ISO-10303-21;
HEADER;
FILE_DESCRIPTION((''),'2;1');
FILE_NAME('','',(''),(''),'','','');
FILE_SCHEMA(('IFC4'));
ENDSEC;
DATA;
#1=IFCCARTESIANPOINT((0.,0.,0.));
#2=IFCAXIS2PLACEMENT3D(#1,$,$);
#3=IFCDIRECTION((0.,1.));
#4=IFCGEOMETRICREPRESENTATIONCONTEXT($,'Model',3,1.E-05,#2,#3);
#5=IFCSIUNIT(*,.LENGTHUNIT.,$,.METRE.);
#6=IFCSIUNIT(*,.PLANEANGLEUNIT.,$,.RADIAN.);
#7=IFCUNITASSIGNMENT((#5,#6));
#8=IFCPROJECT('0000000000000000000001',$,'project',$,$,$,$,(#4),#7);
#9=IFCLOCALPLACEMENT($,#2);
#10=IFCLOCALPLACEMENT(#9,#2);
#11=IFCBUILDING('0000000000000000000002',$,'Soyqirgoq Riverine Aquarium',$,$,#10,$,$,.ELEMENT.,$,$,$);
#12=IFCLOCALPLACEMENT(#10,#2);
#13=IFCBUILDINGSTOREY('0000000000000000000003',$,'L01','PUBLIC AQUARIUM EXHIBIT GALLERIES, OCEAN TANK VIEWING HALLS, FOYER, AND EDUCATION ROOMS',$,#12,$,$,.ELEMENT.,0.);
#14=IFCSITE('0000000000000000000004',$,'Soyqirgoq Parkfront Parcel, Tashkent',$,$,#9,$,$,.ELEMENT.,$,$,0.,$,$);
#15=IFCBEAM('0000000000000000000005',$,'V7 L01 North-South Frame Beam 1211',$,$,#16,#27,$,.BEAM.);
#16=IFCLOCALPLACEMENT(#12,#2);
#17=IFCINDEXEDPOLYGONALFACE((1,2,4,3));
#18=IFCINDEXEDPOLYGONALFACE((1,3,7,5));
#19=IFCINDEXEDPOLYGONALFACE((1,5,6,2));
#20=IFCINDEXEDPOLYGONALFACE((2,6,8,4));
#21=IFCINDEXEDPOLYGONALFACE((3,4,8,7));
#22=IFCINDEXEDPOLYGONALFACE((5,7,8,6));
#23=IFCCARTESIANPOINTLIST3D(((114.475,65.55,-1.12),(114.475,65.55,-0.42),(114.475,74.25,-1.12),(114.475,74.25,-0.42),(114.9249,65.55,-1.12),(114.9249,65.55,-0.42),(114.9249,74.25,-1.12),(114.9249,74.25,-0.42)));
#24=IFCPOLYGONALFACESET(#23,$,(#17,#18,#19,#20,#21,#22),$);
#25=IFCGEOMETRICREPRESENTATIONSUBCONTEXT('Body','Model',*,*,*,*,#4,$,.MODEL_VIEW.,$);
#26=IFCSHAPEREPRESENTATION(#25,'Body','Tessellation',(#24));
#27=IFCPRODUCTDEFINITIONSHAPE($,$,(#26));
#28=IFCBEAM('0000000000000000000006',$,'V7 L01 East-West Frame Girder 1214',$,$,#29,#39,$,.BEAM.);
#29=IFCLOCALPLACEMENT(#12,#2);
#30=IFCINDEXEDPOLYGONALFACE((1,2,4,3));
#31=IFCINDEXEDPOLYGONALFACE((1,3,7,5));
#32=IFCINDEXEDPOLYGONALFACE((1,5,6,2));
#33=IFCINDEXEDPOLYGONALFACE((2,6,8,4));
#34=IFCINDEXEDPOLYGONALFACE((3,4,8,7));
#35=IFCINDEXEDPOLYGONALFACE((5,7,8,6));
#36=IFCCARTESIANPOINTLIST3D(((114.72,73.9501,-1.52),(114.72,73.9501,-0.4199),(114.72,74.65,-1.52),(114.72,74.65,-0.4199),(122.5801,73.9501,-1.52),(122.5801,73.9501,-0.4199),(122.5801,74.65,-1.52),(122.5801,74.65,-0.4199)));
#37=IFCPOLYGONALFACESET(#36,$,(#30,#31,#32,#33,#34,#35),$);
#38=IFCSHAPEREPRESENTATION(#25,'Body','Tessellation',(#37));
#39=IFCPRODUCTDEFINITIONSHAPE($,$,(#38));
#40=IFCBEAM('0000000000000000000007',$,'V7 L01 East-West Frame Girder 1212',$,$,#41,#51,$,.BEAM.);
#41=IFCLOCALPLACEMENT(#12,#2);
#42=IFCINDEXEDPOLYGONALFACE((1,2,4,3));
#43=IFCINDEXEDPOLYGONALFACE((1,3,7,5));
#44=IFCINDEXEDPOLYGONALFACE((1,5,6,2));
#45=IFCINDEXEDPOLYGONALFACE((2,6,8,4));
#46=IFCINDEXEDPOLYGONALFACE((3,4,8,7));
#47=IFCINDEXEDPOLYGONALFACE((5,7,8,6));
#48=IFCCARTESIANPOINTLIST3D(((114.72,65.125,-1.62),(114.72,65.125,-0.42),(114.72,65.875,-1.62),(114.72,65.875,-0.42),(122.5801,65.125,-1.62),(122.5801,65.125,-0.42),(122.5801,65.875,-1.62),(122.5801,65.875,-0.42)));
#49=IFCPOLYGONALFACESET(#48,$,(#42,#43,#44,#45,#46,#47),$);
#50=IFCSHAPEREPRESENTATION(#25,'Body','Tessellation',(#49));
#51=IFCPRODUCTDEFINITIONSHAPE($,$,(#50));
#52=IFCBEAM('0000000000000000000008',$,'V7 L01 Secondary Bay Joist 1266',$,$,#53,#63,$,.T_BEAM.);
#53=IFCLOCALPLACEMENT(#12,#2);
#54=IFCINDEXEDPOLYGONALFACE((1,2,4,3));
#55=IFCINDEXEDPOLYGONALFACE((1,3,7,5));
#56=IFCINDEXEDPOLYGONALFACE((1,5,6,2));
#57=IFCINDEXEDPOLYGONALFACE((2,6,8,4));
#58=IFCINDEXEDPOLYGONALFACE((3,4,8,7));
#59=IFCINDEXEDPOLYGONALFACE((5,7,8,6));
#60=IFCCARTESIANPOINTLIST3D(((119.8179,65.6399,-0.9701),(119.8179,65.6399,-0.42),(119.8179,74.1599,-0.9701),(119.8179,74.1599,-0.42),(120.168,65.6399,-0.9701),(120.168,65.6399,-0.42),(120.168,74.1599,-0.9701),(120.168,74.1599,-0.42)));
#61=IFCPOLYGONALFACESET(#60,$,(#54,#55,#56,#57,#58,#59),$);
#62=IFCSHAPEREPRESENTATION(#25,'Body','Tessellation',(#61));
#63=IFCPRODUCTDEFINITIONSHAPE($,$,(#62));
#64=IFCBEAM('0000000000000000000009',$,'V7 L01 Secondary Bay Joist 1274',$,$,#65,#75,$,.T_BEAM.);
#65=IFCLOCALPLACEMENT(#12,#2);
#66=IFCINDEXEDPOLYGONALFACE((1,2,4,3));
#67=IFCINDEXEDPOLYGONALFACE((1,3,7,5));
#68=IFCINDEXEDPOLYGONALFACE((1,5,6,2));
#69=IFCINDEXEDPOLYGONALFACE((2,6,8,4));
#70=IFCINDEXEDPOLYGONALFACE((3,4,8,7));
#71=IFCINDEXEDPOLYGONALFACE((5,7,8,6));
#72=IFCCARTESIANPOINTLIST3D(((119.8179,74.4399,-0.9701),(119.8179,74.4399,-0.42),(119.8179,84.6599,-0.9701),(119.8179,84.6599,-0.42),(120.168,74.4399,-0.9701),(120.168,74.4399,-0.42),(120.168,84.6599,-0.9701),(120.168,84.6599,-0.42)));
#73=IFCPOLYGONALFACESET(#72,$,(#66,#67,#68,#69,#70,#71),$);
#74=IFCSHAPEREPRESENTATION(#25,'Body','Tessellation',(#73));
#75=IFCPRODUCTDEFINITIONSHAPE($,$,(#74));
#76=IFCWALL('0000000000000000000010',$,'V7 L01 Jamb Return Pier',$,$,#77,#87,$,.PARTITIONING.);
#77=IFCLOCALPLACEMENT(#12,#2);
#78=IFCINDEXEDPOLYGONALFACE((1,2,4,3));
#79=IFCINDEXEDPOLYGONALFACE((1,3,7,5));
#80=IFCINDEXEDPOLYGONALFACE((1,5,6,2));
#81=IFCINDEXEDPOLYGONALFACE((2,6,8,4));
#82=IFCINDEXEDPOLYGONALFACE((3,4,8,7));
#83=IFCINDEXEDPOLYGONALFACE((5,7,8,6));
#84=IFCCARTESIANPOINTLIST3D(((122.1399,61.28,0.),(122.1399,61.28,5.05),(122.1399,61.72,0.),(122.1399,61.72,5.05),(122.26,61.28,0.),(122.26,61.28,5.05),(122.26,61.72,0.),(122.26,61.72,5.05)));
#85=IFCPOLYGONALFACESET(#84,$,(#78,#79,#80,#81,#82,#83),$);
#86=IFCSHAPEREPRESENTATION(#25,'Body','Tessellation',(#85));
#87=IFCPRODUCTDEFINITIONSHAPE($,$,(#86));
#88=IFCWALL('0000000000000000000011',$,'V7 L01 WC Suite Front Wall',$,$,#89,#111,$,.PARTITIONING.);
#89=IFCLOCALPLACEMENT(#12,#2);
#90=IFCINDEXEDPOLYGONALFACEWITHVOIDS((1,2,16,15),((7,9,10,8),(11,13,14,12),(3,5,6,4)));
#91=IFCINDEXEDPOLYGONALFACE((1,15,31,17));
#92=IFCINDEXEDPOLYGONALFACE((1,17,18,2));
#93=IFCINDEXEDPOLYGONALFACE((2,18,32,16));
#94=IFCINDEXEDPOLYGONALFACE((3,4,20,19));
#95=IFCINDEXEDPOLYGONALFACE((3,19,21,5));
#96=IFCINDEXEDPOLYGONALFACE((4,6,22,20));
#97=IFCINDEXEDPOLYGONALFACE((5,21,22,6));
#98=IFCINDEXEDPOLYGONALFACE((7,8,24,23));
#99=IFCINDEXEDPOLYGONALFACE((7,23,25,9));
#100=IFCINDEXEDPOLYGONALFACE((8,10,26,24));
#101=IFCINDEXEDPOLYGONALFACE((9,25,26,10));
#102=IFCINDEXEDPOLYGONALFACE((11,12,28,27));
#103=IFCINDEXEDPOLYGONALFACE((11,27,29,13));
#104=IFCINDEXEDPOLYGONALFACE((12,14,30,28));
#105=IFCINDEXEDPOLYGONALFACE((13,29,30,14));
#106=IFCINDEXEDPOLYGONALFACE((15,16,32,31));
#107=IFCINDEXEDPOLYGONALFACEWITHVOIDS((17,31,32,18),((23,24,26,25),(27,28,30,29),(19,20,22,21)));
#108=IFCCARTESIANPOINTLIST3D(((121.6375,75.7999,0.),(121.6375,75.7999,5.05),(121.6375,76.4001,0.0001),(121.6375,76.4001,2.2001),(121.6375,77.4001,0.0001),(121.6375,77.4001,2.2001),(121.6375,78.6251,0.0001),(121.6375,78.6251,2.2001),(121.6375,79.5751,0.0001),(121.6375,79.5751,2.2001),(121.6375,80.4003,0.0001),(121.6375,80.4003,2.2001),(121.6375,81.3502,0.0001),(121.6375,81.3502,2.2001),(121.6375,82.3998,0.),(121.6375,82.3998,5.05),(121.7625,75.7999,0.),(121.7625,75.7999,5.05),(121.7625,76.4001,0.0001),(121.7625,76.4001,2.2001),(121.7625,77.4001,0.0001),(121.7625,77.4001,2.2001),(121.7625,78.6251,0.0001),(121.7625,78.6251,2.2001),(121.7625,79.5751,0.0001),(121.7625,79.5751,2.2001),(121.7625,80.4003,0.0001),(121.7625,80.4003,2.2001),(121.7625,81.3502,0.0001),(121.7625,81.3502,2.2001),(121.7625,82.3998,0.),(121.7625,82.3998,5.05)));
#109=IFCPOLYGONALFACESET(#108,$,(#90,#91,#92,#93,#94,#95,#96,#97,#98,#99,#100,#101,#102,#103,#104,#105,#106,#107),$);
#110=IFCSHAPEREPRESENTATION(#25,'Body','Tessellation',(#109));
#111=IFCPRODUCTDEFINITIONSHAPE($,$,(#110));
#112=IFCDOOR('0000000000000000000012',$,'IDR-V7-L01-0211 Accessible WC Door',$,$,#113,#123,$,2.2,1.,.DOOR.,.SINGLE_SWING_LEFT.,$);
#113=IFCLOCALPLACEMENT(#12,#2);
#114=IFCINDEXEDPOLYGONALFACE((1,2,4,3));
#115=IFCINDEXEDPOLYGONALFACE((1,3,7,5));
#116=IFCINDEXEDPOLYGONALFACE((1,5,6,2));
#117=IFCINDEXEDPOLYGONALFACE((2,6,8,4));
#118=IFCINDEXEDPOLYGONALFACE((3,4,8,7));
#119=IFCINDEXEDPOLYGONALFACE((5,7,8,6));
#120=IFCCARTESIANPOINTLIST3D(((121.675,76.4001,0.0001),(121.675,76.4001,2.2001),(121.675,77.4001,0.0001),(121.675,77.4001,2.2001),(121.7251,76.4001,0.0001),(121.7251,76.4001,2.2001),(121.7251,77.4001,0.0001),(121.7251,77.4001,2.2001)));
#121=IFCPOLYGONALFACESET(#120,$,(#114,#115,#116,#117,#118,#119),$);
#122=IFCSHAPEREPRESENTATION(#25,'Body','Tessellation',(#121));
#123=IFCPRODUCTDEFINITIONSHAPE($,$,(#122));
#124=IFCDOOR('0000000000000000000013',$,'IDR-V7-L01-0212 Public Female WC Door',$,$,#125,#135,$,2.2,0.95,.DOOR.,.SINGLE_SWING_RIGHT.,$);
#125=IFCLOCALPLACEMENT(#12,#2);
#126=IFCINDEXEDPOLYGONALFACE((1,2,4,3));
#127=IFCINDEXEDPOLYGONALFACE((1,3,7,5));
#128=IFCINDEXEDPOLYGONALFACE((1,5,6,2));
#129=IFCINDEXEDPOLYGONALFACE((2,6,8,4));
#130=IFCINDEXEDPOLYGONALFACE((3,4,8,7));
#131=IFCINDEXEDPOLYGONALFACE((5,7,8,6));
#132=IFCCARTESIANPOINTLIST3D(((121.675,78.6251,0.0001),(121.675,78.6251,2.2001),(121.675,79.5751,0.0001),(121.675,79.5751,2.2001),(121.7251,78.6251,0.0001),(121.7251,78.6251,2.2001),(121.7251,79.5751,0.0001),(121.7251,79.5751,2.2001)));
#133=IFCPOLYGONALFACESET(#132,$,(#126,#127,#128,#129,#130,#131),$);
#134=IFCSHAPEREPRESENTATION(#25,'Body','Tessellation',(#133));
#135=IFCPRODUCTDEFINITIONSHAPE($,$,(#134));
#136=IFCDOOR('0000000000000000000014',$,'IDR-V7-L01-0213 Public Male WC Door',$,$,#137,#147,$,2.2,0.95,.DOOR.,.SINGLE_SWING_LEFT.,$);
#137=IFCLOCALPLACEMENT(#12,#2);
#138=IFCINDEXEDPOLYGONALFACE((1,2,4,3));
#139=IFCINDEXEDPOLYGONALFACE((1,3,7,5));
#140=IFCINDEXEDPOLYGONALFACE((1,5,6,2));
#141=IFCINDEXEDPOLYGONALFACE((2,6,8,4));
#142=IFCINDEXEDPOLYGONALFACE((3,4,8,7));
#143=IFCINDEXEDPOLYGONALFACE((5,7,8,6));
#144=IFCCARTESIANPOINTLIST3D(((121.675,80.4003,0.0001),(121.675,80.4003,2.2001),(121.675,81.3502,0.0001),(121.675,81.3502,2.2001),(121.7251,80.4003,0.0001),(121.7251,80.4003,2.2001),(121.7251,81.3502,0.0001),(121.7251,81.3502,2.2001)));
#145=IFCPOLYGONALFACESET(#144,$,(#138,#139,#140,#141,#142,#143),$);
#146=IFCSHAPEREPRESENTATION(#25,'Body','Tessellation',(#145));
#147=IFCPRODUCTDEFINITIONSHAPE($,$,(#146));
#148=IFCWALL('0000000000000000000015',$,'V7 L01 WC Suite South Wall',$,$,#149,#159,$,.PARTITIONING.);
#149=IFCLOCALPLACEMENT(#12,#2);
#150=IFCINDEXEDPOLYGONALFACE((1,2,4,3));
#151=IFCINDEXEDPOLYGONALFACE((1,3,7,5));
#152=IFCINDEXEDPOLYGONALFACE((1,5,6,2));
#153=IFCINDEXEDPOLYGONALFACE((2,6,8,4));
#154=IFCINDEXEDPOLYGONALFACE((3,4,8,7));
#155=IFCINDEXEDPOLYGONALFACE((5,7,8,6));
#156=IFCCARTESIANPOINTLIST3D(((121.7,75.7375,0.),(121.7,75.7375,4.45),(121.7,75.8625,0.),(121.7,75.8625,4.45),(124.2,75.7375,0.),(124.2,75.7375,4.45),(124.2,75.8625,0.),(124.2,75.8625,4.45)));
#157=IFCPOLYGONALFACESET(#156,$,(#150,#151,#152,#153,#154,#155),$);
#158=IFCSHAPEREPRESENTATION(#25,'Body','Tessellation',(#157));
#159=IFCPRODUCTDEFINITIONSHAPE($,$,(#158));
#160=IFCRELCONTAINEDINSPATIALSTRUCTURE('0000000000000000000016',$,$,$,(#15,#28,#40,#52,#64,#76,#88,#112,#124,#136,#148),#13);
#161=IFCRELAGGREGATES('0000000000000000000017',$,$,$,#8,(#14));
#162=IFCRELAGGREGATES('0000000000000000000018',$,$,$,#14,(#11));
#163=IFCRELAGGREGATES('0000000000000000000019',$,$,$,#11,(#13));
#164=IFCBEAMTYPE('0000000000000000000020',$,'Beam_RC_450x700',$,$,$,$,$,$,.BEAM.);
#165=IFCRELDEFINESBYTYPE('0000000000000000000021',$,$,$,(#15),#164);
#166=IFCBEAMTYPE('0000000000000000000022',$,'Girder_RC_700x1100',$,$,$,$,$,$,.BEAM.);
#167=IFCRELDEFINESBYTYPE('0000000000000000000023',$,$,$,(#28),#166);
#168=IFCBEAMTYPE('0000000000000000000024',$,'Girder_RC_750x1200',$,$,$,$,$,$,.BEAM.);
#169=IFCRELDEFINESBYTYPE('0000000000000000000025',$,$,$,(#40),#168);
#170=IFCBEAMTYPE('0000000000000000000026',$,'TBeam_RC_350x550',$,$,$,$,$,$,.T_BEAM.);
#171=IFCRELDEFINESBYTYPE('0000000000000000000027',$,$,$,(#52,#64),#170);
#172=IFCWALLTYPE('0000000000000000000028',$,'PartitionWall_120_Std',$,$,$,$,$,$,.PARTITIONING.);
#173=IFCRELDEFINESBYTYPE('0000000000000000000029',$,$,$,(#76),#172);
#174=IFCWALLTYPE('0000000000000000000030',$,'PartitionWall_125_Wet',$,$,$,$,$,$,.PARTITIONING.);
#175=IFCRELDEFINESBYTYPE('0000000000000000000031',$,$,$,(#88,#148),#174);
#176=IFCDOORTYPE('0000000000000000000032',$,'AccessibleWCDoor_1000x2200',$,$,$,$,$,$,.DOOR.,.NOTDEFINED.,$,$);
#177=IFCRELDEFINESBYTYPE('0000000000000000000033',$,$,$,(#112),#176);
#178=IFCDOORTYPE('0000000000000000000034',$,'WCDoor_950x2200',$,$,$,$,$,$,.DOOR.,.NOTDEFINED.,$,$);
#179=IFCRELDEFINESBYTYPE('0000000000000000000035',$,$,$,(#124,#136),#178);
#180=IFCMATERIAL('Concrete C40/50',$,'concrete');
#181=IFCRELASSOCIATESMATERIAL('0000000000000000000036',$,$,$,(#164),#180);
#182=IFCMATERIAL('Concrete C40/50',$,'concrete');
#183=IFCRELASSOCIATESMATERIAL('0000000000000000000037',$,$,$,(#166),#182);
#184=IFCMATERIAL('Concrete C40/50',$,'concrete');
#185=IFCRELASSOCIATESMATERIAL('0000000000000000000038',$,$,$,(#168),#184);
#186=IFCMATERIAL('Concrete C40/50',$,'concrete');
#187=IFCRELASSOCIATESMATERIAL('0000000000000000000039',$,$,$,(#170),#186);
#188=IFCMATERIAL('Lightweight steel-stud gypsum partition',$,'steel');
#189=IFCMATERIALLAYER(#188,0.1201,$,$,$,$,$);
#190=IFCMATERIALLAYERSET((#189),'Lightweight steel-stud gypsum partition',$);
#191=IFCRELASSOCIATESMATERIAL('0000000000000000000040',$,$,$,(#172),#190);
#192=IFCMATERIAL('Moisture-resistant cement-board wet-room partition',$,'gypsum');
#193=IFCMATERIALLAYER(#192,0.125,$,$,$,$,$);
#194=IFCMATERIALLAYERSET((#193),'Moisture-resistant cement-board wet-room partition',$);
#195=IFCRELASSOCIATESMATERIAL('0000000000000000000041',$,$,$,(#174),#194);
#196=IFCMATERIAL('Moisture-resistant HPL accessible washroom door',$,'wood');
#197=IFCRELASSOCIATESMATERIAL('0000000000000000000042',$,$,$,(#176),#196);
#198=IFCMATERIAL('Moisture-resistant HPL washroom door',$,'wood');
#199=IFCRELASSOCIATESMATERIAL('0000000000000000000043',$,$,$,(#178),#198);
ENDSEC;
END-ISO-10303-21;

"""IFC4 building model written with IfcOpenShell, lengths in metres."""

from ifc_helpers import new_model, si_unit, direction, frame, frame_2d, origin, origin_2d, place, context, subcontext, project, spatial, rectangle, extrude, material, layer, layer_set, material_profile, profile_set, type_object, element, fill, save


model = new_model("IFC4")

# Units and contexts
model_context = context("Model", 3, precision=1e-05, world=origin(), true_north=direction((0.0, 1.0)))
body_context = subcontext(model_context, "Body", "Model", "MODEL_VIEW")
ifc_project = project(units=[si_unit("LENGTHUNIT", "METRE"), si_unit("PLANEANGLEUNIT", "RADIAN")], contexts=[model_context])

# Site, building, storey
site_placement = place(None, origin())
site = spatial("IfcSite", under=ifc_project, at=site_placement, Name="Soyqirgoq Parkfront Parcel, Tashkent", CompositionType="ELEMENT", RefElevation=0.0)
building_placement = place(site_placement, origin())
building = spatial("IfcBuilding", under=site, at=building_placement, Name="Soyqirgoq Riverine Aquarium", CompositionType="ELEMENT")
storey_placement = place(building_placement, origin())
storey = spatial("IfcBuildingStorey", under=building, at=storey_placement, Name="L01", Description="PUBLIC AQUARIUM EXHIBIT GALLERIES, OCEAN TANK VIEWING HALLS, FOYER, AND EDUCATION ROOMS", CompositionType="ELEMENT", Elevation=0.0)

# Beams
ifc_material_1 = material(Name="Concrete C40/50", Category="concrete")
ifc_material_profile_1 = material_profile(ifc_material_1, rectangle(XDim=0.45, YDim=0.7, at=origin_2d()), Name="RC 450x700")
ifc_profile_set_1 = profile_set([ifc_material_profile_1], Name="Concrete C40/50")
beam_type_1 = type_object("IfcBeamType", Name="Beam_RC_450x700", PredefinedType="BEAM", material=ifc_profile_set_1)
beam_1_placement = place(storey_placement, frame((114.7, 65.55, -0.77), z_axis=(0.0, 1.0, 0.0), x_axis=(-1.0, 0.0, 0.0)))
element("IfcBeam", 1, at=beam_1_placement, inside=storey, type_object=beam_type_1, Name="V7 L01 North-South Frame Beam 1211", PredefinedType="BEAM", context=body_context, shape_type="SweptSolid", body=[
    extrude(rectangle(XDim=0.45, YDim=0.7, at=origin_2d()), origin(), (0.0, 0.0, 1.0), 8.7),
])
ifc_material_2 = material(Name="Concrete C40/50", Category="concrete")
ifc_material_profile_2 = material_profile(ifc_material_2, rectangle(XDim=0.7, YDim=1.1001, at=origin_2d()), Name="RC 700x1100")
ifc_profile_set_2 = profile_set([ifc_material_profile_2], Name="Concrete C40/50")
beam_type_2 = type_object("IfcBeamType", Name="Girder_RC_700x1100", PredefinedType="BEAM", material=ifc_profile_set_2)
beam_2_placement = place(storey_placement, frame((114.72, 74.3, -0.97), z_axis=(1.0, 0.0, 0.0), x_axis=(0.0, 1.0, 0.0)))
element("IfcBeam", 2, at=beam_2_placement, inside=storey, type_object=beam_type_2, Name="V7 L01 East-West Frame Girder 1214", PredefinedType="BEAM", context=body_context, shape_type="SweptSolid", body=[
    extrude(rectangle(XDim=0.7, YDim=1.1001, at=origin_2d()), origin(), (0.0, 0.0, 1.0), 7.8601),
])
ifc_material_3 = material(Name="Concrete C40/50", Category="concrete")
ifc_material_profile_3 = material_profile(ifc_material_3, rectangle(XDim=0.75, YDim=1.2, at=origin_2d()), Name="RC 750x1200")
ifc_profile_set_3 = profile_set([ifc_material_profile_3], Name="Concrete C40/50")
beam_type_3 = type_object("IfcBeamType", Name="Girder_RC_750x1200", PredefinedType="BEAM", material=ifc_profile_set_3)
beam_3_placement = place(storey_placement, frame((114.72, 65.5, -1.02), z_axis=(1.0, 0.0, 0.0), x_axis=(0.0, 1.0, 0.0)))
element("IfcBeam", 3, at=beam_3_placement, inside=storey, type_object=beam_type_3, Name="V7 L01 East-West Frame Girder 1212", PredefinedType="BEAM", context=body_context, shape_type="SweptSolid", body=[
    extrude(rectangle(XDim=0.75, YDim=1.2, at=origin_2d()), origin(), (0.0, 0.0, 1.0), 7.8601),
])
ifc_material_4 = material(Name="Concrete C40/50", Category="concrete")
ifc_material_profile_4 = material_profile(ifc_material_4, rectangle(XDim=0.3501, YDim=0.55, at=origin_2d()), Name="RC 350x550")
ifc_profile_set_4 = profile_set([ifc_material_profile_4], Name="Concrete C40/50")
beam_type_4 = type_object("IfcBeamType", Name="TBeam_RC_350x550", PredefinedType="T_BEAM", material=ifc_profile_set_4)
beam_4_placement = place(storey_placement, frame((119.9929, 65.6399, -0.6951), z_axis=(0.0, 1.0, 0.0), x_axis=(-1.0, 0.0, 0.0)))
element("IfcBeam", 4, at=beam_4_placement, inside=storey, type_object=beam_type_4, Name="V7 L01 Secondary Bay Joist 1266", PredefinedType="T_BEAM", context=body_context, shape_type="SweptSolid", body=[
    extrude(rectangle(XDim=0.3501, YDim=0.55, at=origin_2d()), origin(), (0.0, 0.0, 1.0), 8.52),
])
beam_5_placement = place(storey_placement, frame((119.9929, 74.4399, -0.6951), z_axis=(0.0, 1.0, 0.0), x_axis=(-1.0, 0.0, 0.0)))
element("IfcBeam", 5, at=beam_5_placement, inside=storey, type_object=beam_type_4, Name="V7 L01 Secondary Bay Joist 1274", PredefinedType="T_BEAM", context=body_context, shape_type="SweptSolid", body=[
    extrude(rectangle(XDim=0.3501, YDim=0.55, at=origin_2d()), origin(), (0.0, 0.0, 1.0), 10.22),
])

# Wall
ifc_material_5 = material(Name="Lightweight steel-stud gypsum partition", Category="steel")
ifc_layer_1 = layer(ifc_material_5, 0.1201)
ifc_layer_set_1 = layer_set([ifc_layer_1], Name="Lightweight steel-stud gypsum partition")
wall_type_1 = type_object("IfcWallType", Name="PartitionWall_120_Std", PredefinedType="PARTITIONING", material=ifc_layer_set_1)
wall_1_placement = place(storey_placement, frame((122.2, 61.72, 0.0), z_axis=(0.0, 0.0, 1.0), x_axis=(0.0, -1.0, 0.0)))
element("IfcWall", 6, at=wall_1_placement, inside=storey, type_object=wall_type_1, Name="V7 L01 Jamb Return Pier", PredefinedType="PARTITIONING", context=body_context, shape_type="SweptSolid", body=[
    extrude(rectangle(XDim=0.4399, YDim=0.1201, at=frame_2d((0.22, 0.0))), origin(), (0.0, 0.0, 1.0), 5.05),
])

# Wall, openings, doors
ifc_material_6 = material(Name="Moisture-resistant cement-board wet-room partition", Category="gypsum")
ifc_layer_2 = layer(ifc_material_6, 0.125)
ifc_layer_set_2 = layer_set([ifc_layer_2], Name="Moisture-resistant cement-board wet-room partition")
wall_type_2 = type_object("IfcWallType", Name="PartitionWall_125_Wet", PredefinedType="PARTITIONING", material=ifc_layer_set_2)
wall_2_placement = place(storey_placement, frame((121.7, 75.8, 0.0), z_axis=(0.0, 0.0, 1.0), x_axis=(0.0, 1.0, 0.0)))
wall_2 = element("IfcWall", 7, at=wall_2_placement, inside=storey, type_object=wall_type_2, Name="V7 L01 WC Suite Front Wall", PredefinedType="PARTITIONING", context=body_context, shape_type="SweptSolid", body=[
    extrude(rectangle(XDim=6.5999, YDim=0.125, at=frame_2d((3.2998, 0.0))), origin(), (0.0, 0.0, 1.0), 5.05),
])
opening_1_placement = place(wall_2_placement, frame((0.6001, 0.0, 0.0)))
opening_1 = element("IfcOpeningElement", 8, at=opening_1_placement, cuts=wall_2, PredefinedType="OPENING", context=body_context, shape_type="SweptSolid", body=[
    extrude(rectangle(XDim=1.0, YDim=2.2, at=frame_2d((0.5, 1.1001))), frame((0.0, 0.0725, 0.0), z_axis=(0.0, -1.0, 0.0), x_axis=(1.0, 0.0, 0.0)), (0.0, 0.0, 1.0), 0.145),
])
opening_2_placement = place(wall_2_placement, frame((2.825, 0.0, 0.0)))
opening_2 = element("IfcOpeningElement", 9, at=opening_2_placement, cuts=wall_2, PredefinedType="OPENING", context=body_context, shape_type="SweptSolid", body=[
    extrude(rectangle(XDim=0.95, YDim=2.2, at=frame_2d((0.4751, 1.1001))), frame((0.0, 0.0725, 0.0), z_axis=(0.0, -1.0, 0.0), x_axis=(1.0, 0.0, 0.0)), (0.0, 0.0, 1.0), 0.145),
])
opening_3_placement = place(wall_2_placement, frame((4.6001, 0.0, 0.0)))
opening_3 = element("IfcOpeningElement", 10, at=opening_3_placement, cuts=wall_2, PredefinedType="OPENING", context=body_context, shape_type="SweptSolid", body=[
    extrude(rectangle(XDim=0.95, YDim=2.2, at=frame_2d((0.4751, 1.1001))), frame((0.0, 0.0725, 0.0), z_axis=(0.0, -1.0, 0.0), x_axis=(1.0, 0.0, 0.0)), (0.0, 0.0, 1.0), 0.145),
])
ifc_material_7 = material(Name="Moisture-resistant HPL accessible washroom door", Category="wood")
door_type_1 = type_object("IfcDoorType", Name="AccessibleWCDoor_1000x2200", OperationType="NOTDEFINED", PredefinedType="DOOR", material=ifc_material_7)
door_1_placement = place(opening_1_placement, origin())
door_1 = element("IfcDoor", 11, at=door_1_placement, inside=storey, type_object=door_type_1, Name="IDR-V7-L01-0211 Accessible WC Door", OperationType="SINGLE_SWING_LEFT", OverallHeight=2.2, OverallWidth=1.0, PredefinedType="DOOR", context=body_context, shape_type="SweptSolid", body=[
    extrude(rectangle(XDim=1.0, YDim=2.2, at=frame_2d((0.5, 1.1001))), frame((0.0, 0.0249, 0.0), z_axis=(0.0, -1.0, 0.0), x_axis=(1.0, 0.0, 0.0)), (0.0, 0.0, 1.0), 0.05),
])
fill(opening_1, door_1)
ifc_material_8 = material(Name="Moisture-resistant HPL washroom door", Category="wood")
door_type_2 = type_object("IfcDoorType", Name="WCDoor_950x2200", OperationType="NOTDEFINED", PredefinedType="DOOR", material=ifc_material_8)
door_2_placement = place(opening_2_placement, origin())
door_2 = element("IfcDoor", 12, at=door_2_placement, inside=storey, type_object=door_type_2, Name="IDR-V7-L01-0212 Public Female WC Door", OperationType="SINGLE_SWING_RIGHT", OverallHeight=2.2, OverallWidth=0.95, PredefinedType="DOOR", context=body_context, shape_type="SweptSolid", body=[
    extrude(rectangle(XDim=0.95, YDim=2.2, at=frame_2d((0.4751, 1.1001))), frame((0.0, 0.0249, 0.0), z_axis=(0.0, -1.0, 0.0), x_axis=(1.0, 0.0, 0.0)), (0.0, 0.0, 1.0), 0.05),
])
fill(opening_2, door_2)
door_3_placement = place(opening_3_placement, origin())
door_3 = element("IfcDoor", 13, at=door_3_placement, inside=storey, type_object=door_type_2, Name="IDR-V7-L01-0213 Public Male WC Door", OperationType="SINGLE_SWING_LEFT", OverallHeight=2.2, OverallWidth=0.95, PredefinedType="DOOR", context=body_context, shape_type="SweptSolid", body=[
    extrude(rectangle(XDim=0.95, YDim=2.2, at=frame_2d((0.4751, 1.1001))), frame((0.0, 0.0249, 0.0), z_axis=(0.0, -1.0, 0.0), x_axis=(1.0, 0.0, 0.0)), (0.0, 0.0, 1.0), 0.05),
])
fill(opening_3, door_3)

# Wall
for number, where, z_axis, x_axis, name in (
    (14, (121.7, 75.8, 0.0), (0.0, 0.0, 1.0), (1.0, 0.0, 0.0), "V7 L01 WC Suite South Wall"),
):
    element("IfcWall", number, at=place(storey_placement, frame(where, z_axis=z_axis, x_axis=x_axis)), inside=storey, type_object=wall_type_2, Name=name, PredefinedType="PARTITIONING", context=body_context, shape_type="SweptSolid", body=[
        extrude(rectangle(XDim=2.5, YDim=0.125, at=frame_2d((1.25, 0.0))), origin(), (0.0, 0.0, 1.0), 4.45),
    ])

save(model, "model.ifc")
